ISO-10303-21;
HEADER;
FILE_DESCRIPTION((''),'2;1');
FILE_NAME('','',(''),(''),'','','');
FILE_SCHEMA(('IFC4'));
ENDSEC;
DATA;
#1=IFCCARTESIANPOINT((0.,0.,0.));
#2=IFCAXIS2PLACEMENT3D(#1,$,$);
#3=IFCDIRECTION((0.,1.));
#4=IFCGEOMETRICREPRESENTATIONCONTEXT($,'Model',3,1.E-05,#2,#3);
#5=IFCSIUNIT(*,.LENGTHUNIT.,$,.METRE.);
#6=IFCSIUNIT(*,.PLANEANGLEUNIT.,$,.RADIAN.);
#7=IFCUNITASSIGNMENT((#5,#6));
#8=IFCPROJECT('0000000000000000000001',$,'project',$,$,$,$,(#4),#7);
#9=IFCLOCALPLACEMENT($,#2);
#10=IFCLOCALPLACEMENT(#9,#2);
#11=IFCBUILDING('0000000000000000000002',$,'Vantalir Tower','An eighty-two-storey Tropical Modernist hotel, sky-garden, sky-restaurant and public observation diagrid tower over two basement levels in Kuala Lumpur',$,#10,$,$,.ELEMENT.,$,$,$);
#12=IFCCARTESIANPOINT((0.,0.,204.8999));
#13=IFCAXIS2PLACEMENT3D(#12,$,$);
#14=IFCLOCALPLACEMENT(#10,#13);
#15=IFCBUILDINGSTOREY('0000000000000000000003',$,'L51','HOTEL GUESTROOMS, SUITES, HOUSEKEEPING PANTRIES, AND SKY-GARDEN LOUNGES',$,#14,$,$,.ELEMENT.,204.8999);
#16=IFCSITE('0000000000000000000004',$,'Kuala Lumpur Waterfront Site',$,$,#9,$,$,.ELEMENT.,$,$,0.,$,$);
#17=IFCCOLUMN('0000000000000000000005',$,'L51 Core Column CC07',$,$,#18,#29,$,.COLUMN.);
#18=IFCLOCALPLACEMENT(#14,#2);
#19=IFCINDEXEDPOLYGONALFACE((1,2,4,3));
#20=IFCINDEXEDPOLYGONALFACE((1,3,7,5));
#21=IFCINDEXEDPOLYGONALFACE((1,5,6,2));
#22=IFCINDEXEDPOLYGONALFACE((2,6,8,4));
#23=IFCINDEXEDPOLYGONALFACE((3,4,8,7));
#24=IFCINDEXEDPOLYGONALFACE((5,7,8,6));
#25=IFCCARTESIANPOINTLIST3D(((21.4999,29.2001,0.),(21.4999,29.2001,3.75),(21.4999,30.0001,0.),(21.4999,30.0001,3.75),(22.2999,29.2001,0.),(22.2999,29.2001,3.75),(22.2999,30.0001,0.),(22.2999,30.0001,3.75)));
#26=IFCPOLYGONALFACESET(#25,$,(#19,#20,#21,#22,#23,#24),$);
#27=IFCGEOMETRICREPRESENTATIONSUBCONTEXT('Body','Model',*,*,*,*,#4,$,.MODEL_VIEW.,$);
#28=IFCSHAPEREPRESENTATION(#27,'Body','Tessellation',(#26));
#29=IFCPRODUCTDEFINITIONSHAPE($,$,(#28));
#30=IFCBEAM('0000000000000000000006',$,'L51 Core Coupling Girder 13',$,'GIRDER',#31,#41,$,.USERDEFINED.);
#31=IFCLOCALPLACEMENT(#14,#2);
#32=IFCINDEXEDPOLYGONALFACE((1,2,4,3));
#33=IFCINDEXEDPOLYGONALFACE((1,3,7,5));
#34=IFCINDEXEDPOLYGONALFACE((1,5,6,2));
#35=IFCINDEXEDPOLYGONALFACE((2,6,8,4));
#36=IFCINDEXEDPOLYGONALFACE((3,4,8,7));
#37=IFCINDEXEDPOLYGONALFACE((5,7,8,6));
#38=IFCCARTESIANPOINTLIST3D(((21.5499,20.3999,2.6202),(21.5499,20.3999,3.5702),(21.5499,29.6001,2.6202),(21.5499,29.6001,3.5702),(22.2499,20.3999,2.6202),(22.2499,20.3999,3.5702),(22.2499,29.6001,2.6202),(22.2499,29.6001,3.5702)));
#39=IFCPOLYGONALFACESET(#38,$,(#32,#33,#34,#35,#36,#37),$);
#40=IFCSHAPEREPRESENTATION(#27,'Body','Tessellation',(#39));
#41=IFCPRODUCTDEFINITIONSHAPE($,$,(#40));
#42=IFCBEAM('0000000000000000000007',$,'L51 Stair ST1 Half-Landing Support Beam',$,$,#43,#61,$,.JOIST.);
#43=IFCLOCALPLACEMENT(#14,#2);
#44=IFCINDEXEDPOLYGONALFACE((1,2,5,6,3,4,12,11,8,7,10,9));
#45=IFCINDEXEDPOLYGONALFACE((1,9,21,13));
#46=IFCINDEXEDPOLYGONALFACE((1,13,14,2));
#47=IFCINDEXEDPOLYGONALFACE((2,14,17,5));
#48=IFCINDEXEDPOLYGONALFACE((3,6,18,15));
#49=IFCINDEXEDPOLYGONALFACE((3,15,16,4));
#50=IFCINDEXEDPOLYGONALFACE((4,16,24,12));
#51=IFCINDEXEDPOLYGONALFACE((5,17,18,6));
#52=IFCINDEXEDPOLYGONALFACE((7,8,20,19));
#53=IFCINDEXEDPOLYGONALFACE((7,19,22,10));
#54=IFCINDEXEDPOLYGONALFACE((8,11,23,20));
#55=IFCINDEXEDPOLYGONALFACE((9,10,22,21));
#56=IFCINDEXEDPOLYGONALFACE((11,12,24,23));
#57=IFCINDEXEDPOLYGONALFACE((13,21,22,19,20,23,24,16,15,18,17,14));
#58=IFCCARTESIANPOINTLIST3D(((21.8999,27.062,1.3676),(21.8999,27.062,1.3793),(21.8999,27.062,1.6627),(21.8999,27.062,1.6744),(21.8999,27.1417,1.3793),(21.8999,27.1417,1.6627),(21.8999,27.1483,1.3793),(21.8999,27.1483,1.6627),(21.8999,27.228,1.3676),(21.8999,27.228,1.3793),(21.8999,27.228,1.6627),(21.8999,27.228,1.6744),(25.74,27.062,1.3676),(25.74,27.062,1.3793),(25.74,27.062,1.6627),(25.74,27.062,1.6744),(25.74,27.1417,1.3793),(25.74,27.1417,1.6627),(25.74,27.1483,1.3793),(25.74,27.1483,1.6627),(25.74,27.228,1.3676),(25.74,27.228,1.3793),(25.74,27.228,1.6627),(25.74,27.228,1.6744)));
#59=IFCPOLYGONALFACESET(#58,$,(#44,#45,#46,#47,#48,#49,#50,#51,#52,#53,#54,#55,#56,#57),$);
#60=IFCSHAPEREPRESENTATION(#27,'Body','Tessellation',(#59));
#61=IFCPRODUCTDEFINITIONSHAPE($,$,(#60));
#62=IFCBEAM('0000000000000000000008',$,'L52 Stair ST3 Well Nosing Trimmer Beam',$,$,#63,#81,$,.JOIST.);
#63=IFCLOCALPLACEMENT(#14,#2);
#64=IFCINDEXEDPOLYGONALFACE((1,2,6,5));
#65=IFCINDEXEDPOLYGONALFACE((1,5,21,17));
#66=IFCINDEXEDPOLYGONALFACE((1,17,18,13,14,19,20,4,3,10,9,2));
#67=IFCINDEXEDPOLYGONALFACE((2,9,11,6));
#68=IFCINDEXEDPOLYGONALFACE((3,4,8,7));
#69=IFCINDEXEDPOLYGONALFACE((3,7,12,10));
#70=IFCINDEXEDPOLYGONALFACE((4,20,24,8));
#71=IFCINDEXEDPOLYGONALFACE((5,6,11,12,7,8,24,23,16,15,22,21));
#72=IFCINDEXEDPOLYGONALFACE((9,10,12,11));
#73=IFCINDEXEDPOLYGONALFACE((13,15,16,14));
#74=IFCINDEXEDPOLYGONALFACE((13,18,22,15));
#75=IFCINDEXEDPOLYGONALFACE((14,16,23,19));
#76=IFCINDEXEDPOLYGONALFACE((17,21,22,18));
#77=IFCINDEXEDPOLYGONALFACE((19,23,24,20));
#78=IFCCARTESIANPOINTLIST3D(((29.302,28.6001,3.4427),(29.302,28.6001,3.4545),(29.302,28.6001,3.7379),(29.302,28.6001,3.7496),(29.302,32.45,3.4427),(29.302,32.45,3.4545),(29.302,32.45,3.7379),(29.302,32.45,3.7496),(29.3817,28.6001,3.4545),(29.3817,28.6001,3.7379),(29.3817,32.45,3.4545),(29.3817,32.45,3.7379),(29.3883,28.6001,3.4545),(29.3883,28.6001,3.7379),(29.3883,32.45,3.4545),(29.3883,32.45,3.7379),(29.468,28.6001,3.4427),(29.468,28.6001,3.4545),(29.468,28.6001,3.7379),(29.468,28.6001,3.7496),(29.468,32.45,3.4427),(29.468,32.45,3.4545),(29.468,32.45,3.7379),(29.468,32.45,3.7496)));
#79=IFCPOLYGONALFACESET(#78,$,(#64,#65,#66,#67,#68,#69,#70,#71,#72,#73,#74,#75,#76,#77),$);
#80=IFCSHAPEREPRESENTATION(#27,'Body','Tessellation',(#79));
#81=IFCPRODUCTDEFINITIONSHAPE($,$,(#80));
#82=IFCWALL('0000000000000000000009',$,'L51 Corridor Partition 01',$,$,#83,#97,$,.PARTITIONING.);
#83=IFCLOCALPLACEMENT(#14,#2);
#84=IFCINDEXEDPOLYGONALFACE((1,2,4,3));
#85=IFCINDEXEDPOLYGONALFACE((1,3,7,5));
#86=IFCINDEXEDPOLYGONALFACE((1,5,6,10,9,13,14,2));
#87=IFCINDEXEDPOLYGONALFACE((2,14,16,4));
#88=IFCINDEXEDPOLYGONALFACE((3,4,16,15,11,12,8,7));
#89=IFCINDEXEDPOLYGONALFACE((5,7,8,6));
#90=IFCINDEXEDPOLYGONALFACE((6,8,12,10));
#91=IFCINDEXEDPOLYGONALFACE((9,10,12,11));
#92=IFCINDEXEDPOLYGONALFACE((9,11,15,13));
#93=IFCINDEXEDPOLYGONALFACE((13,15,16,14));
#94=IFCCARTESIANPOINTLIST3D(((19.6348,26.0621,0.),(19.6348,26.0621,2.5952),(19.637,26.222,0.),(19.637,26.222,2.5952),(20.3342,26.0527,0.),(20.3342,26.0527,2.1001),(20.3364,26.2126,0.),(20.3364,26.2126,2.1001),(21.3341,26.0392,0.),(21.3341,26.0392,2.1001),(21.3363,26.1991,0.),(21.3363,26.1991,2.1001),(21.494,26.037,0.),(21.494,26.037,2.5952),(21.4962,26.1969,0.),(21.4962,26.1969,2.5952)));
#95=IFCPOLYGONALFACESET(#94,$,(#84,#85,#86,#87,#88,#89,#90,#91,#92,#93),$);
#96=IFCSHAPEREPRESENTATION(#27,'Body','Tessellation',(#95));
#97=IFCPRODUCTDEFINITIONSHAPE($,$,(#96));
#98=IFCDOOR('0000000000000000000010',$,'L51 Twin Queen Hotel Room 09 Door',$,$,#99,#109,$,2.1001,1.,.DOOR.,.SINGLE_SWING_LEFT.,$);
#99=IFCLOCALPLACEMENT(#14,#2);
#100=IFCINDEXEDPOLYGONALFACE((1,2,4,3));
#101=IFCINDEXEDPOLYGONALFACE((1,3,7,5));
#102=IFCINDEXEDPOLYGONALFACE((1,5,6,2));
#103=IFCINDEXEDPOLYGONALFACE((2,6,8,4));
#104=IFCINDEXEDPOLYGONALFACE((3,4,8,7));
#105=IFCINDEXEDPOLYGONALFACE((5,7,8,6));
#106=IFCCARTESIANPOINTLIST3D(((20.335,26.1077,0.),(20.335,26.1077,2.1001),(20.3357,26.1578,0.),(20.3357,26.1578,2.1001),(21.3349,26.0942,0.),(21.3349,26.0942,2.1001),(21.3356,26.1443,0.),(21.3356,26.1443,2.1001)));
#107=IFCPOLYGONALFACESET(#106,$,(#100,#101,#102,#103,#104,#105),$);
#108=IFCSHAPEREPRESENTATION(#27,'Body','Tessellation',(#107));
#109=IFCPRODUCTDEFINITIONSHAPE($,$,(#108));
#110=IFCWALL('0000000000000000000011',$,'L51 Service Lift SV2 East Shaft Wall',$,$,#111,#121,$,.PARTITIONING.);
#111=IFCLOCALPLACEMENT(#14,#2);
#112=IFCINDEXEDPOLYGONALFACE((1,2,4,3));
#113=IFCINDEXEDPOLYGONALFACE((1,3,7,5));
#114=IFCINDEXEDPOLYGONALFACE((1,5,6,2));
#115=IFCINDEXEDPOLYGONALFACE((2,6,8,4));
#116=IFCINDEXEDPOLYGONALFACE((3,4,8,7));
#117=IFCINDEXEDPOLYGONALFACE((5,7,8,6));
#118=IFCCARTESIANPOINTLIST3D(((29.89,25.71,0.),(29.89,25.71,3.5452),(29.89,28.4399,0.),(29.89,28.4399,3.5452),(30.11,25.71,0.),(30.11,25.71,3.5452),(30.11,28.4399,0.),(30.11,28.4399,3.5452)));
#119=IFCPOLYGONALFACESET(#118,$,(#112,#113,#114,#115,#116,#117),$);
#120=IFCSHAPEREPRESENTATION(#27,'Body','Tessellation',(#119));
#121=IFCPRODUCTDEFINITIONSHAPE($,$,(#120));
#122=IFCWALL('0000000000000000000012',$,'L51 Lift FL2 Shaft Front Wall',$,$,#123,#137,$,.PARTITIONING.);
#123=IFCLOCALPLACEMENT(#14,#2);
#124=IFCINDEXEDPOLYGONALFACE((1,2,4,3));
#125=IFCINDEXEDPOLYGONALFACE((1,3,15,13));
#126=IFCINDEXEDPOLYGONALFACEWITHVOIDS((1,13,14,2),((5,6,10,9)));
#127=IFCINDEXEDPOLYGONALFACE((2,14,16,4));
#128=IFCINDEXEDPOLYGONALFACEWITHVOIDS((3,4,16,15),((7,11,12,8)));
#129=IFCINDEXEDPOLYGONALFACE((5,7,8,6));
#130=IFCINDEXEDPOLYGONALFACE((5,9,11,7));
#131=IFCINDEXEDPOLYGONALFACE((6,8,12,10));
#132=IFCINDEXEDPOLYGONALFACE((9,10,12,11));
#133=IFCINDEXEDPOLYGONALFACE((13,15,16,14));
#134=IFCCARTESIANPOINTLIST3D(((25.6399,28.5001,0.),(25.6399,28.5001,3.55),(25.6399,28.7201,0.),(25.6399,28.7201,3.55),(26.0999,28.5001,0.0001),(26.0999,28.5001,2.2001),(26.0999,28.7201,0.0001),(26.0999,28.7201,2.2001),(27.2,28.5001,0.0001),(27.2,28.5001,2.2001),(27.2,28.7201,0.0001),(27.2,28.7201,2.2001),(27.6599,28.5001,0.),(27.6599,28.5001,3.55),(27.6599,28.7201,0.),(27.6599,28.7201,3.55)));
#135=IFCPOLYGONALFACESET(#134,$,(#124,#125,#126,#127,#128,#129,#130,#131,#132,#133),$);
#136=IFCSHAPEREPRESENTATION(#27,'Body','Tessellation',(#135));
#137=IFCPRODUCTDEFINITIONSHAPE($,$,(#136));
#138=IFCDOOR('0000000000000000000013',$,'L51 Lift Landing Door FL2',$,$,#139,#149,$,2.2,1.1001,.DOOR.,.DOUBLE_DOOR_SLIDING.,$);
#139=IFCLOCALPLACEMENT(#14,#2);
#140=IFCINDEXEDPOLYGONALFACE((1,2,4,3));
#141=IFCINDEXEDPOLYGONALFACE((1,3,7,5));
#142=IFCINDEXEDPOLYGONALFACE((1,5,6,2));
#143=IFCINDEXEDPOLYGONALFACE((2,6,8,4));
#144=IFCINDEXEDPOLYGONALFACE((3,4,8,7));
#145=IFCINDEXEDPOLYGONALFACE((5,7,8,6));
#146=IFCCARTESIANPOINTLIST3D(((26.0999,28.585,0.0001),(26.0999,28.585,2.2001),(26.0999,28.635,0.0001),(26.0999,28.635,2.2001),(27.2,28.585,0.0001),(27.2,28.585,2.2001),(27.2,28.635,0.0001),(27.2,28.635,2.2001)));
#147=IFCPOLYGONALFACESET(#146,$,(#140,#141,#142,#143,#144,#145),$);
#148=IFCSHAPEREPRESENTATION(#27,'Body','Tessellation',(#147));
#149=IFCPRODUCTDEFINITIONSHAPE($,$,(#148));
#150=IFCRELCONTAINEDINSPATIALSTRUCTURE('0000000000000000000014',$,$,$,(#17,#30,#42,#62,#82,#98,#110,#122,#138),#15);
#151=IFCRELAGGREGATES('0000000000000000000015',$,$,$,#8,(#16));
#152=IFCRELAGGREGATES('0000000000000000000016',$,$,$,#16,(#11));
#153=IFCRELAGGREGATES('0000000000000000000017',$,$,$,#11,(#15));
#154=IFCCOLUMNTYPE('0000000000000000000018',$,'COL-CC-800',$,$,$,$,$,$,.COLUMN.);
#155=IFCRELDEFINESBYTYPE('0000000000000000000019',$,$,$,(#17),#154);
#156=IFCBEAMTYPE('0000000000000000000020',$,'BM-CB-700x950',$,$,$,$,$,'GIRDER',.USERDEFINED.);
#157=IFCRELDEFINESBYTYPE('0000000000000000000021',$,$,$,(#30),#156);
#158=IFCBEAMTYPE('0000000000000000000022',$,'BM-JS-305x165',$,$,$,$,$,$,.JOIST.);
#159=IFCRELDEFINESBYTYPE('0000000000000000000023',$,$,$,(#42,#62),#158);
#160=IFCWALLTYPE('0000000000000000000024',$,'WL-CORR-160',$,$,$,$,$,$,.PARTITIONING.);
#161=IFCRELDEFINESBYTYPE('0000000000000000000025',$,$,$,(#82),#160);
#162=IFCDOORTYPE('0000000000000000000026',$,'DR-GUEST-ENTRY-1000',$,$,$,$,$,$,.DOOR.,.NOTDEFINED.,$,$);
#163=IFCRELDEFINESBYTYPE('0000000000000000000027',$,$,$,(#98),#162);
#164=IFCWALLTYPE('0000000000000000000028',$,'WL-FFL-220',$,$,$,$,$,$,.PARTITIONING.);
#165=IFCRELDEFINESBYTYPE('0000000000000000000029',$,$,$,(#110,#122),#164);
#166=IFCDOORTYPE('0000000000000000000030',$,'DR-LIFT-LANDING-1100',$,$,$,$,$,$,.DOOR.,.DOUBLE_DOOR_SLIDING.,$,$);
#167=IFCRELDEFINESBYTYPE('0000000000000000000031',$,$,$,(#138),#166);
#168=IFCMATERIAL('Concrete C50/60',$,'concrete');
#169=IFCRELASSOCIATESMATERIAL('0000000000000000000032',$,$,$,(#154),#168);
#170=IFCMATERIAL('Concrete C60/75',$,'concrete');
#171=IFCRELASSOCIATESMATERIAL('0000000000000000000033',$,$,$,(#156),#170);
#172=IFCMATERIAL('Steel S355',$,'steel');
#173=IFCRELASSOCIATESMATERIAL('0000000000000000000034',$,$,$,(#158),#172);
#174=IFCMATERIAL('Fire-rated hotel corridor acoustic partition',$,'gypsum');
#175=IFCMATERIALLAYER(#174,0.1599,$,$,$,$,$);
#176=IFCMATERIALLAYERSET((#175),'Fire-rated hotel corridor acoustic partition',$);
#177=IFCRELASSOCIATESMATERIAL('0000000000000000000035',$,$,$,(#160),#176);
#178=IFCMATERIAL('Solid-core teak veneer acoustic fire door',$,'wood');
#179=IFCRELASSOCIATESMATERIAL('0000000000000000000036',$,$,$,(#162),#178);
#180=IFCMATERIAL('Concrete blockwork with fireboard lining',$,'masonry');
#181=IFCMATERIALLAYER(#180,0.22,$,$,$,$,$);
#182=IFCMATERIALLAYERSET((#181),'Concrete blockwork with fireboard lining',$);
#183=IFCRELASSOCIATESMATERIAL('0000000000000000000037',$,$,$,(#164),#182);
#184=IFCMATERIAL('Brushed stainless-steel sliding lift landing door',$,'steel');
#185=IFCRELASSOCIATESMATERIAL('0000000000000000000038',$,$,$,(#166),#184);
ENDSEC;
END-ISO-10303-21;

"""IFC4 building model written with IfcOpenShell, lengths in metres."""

from ifc_helpers import new_model, si_unit, direction, frame, frame_2d, origin, origin_2d, place, context, subcontext, project, spatial, rectangle, i_section, extrude, material, layer, layer_set, material_profile, profile_set, type_object, element, fill, save


model = new_model("IFC4")

# Units and contexts
model_context = context("Model", 3, precision=1e-05, world=origin(), true_north=direction((0.0, 1.0)))
body_context = subcontext(model_context, "Body", "Model", "MODEL_VIEW")
ifc_project = project(units=[si_unit("LENGTHUNIT", "METRE"), si_unit("PLANEANGLEUNIT", "RADIAN")], contexts=[model_context])

# Site, building, storey
site_placement = place(None, origin())
site = spatial("IfcSite", under=ifc_project, at=site_placement, Name="Kuala Lumpur Waterfront Site", CompositionType="ELEMENT", RefElevation=0.0)
building_placement = place(site_placement, origin())
building = spatial("IfcBuilding", under=site, at=building_placement, Name="Vantalir Tower", Description="An eighty-two-storey Tropical Modernist hotel, sky-garden, sky-restaurant and public observation diagrid tower over two basement levels in Kuala Lumpur", CompositionType="ELEMENT")
storey_placement = place(building_placement, frame((0.0, 0.0, 204.8999)))
storey = spatial("IfcBuildingStorey", under=building, at=storey_placement, Name="L51", Description="HOTEL GUESTROOMS, SUITES, HOUSEKEEPING PANTRIES, AND SKY-GARDEN LOUNGES", CompositionType="ELEMENT", Elevation=204.8999)

# Column
ifc_material_1 = material(Name="Concrete C50/60", Category="concrete")
ifc_material_profile_1 = material_profile(ifc_material_1, rectangle(XDim=0.8, YDim=0.8, at=origin_2d()), Name="Concrete C50/60")
ifc_profile_set_1 = profile_set([ifc_material_profile_1], Name="Concrete C50/60")
column_type = type_object("IfcColumnType", Name="COL-CC-800", PredefinedType="COLUMN", material=ifc_profile_set_1)
column_placement = place(storey_placement, frame((21.8999, 29.6001, 0.0), z_axis=(0.0, 0.0, 1.0), x_axis=(1.0, 0.0, 0.0)))
element("IfcColumn", 1, at=column_placement, inside=storey, type_object=column_type, Name="L51 Core Column CC07", PredefinedType="COLUMN", context=body_context, shape_type="SweptSolid", body=[
    extrude(rectangle(XDim=0.8, YDim=0.8, at=origin_2d()), origin(), (0.0, 0.0, 1.0), 3.75),
])

# Beams
ifc_material_2 = material(Name="Concrete C60/75", Category="concrete")
ifc_material_profile_2 = material_profile(ifc_material_2, rectangle(XDim=0.7, YDim=0.95, at=origin_2d()), Name="Concrete C60/75")
ifc_profile_set_2 = profile_set([ifc_material_profile_2], Name="Concrete C60/75")
beam_type_1 = type_object("IfcBeamType", Name="BM-CB-700x950", ElementType="GIRDER", PredefinedType="USERDEFINED", material=ifc_profile_set_2)
beam_1_placement = place(storey_placement, frame((21.8999, 29.6001, 3.0952), z_axis=(0.0, -1.0, 0.0), x_axis=(1.0, 0.0, 0.0)))
element("IfcBeam", 2, at=beam_1_placement, inside=storey, type_object=beam_type_1, Name="L51 Core Coupling Girder 13", ObjectType="GIRDER", PredefinedType="USERDEFINED", context=body_context, shape_type="SweptSolid", body=[
    extrude(rectangle(XDim=0.7, YDim=0.95, at=origin_2d()), origin(), (0.0, 0.0, 1.0), 9.2002),
])
ifc_material_3 = material(Name="Steel S355", Category="steel")
ifc_material_profile_3 = material_profile(ifc_material_3, i_section(OverallWidth=0.166, OverallDepth=0.3069, WebThickness=0.0066, FlangeThickness=0.0117, at=origin_2d()), Name="Steel S355")
ifc_profile_set_3 = profile_set([ifc_material_profile_3], Name="Steel S355")
beam_type_2 = type_object("IfcBeamType", Name="BM-JS-305x165", PredefinedType="JOIST", material=ifc_profile_set_3)
beam_2_placement = place(storey_placement, frame((21.8999, 27.145, 1.521), z_axis=(1.0, 0.0, 0.0), x_axis=(0.0, 1.0, 0.0)))
element("IfcBeam", 3, at=beam_2_placement, inside=storey, type_object=beam_type_2, Name="L51 Stair ST1 Half-Landing Support Beam", PredefinedType="JOIST", context=body_context, shape_type="SweptSolid", body=[
    extrude(i_section(OverallWidth=0.166, OverallDepth=0.3069, WebThickness=0.0066, FlangeThickness=0.0117, at=origin_2d()), origin(), (0.0, 0.0, 1.0), 3.8401),
])
beam_3_placement = place(storey_placement, frame((29.385, 28.6001, 3.5962), z_axis=(0.0, 1.0, 0.0), x_axis=(-1.0, 0.0, 0.0)))
element("IfcBeam", 4, at=beam_3_placement, inside=storey, type_object=beam_type_2, Name="L52 Stair ST3 Well Nosing Trimmer Beam", PredefinedType="JOIST", context=body_context, shape_type="SweptSolid", body=[
    extrude(i_section(OverallWidth=0.166, OverallDepth=0.3069, WebThickness=0.0066, FlangeThickness=0.0117, at=origin_2d()), origin(), (0.0, 0.0, 1.0), 3.8499),
])

# Wall, opening, door
ifc_material_4 = material(Name="Fire-rated hotel corridor acoustic partition", Category="gypsum")
ifc_layer_1 = layer(ifc_material_4, 0.1599)
ifc_layer_set_1 = layer_set([ifc_layer_1], Name="Fire-rated hotel corridor acoustic partition")
wall_type_1 = type_object("IfcWallType", Name="WL-CORR-160", PredefinedType="PARTITIONING", material=ifc_layer_set_1)
wall_1_placement = place(storey_placement, frame((21.4951, 26.1169, 0.0), z_axis=(0.0, 0.0, 1.0), x_axis=(-0.999909, 0.013525, 0.0)))
wall_1 = element("IfcWall", 5, at=wall_1_placement, inside=storey, type_object=wall_type_1, Name="L51 Corridor Partition 01", PredefinedType="PARTITIONING", context=body_context, shape_type="SweptSolid", body=[
    extrude(rectangle(XDim=1.8594, YDim=0.1599, at=frame_2d((0.9297, 0.0))), origin(), (0.0, 0.0, 1.0), 2.5952),
])
opening_1_placement = place(wall_1_placement, frame((0.1599, 0.0, 0.0)))
opening_1 = element("IfcOpeningElement", 6, at=opening_1_placement, cuts=wall_1, PredefinedType="OPENING", context=body_context, shape_type="SweptSolid", body=[
    extrude(rectangle(XDim=1.0, YDim=2.1001, at=frame_2d((0.5, 1.05))), frame((0.0, 0.0898, 0.0), z_axis=(0.0, -1.0, 0.0), x_axis=(1.0, 0.0, 0.0)), (0.0, 0.0, 1.0), 0.1799),
])
ifc_material_5 = material(Name="Solid-core teak veneer acoustic fire door", Category="wood")
door_type_1 = type_object("IfcDoorType", Name="DR-GUEST-ENTRY-1000", OperationType="NOTDEFINED", PredefinedType="DOOR", material=ifc_material_5)
door_1_placement = place(opening_1_placement, origin())
door_1 = element("IfcDoor", 7, at=door_1_placement, inside=storey, type_object=door_type_1, Name="L51 Twin Queen Hotel Room 09 Door", OperationType="SINGLE_SWING_LEFT", OverallHeight=2.1001, OverallWidth=1.0, PredefinedType="DOOR", context=body_context, shape_type="SweptSolid", body=[
    extrude(rectangle(XDim=1.0, YDim=2.1001, at=frame_2d((0.5, 1.05))), frame((0.0, 0.0249, 0.0), z_axis=(0.0, -1.0, 0.0), x_axis=(1.0, 0.0, 0.0)), (0.0, 0.0, 1.0), 0.05),
])
fill(opening_1, door_1)

# Wall
ifc_material_6 = material(Name="Concrete blockwork with fireboard lining", Category="masonry")
ifc_layer_2 = layer(ifc_material_6, 0.22)
ifc_layer_set_2 = layer_set([ifc_layer_2], Name="Concrete blockwork with fireboard lining")
wall_type_2 = type_object("IfcWallType", Name="WL-FFL-220", PredefinedType="PARTITIONING", material=ifc_layer_set_2)
wall_2_placement = place(storey_placement, frame((30.0, 25.71, 0.0), z_axis=(0.0, 0.0, 1.0), x_axis=(0.0, 1.0, 0.0)))
element("IfcWall", 8, at=wall_2_placement, inside=storey, type_object=wall_type_2, Name="L51 Service Lift SV2 East Shaft Wall", PredefinedType="PARTITIONING", context=body_context, shape_type="SweptSolid", body=[
    extrude(rectangle(XDim=2.73, YDim=0.22, at=frame_2d((1.365, 0.0))), origin(), (0.0, 0.0, 1.0), 3.5452),
])

# Wall, opening, door
wall_3_placement = place(storey_placement, frame((25.6399, 28.6101, 0.0), z_axis=(0.0, 0.0, 1.0), x_axis=(1.0, 0.0, 0.0)))
wall_3 = element("IfcWall", 9, at=wall_3_placement, inside=storey, type_object=wall_type_2, Name="L51 Lift FL2 Shaft Front Wall", PredefinedType="PARTITIONING", context=body_context, shape_type="SweptSolid", body=[
    extrude(rectangle(XDim=2.02, YDim=0.22, at=frame_2d((1.01, 0.0))), origin(), (0.0, 0.0, 1.0), 3.55),
])
opening_2_placement = place(wall_3_placement, frame((0.46, 0.0, 0.0)))
opening_2 = element("IfcOpeningElement", 10, at=opening_2_placement, cuts=wall_3, PredefinedType="OPENING", context=body_context, shape_type="SweptSolid", body=[
    extrude(rectangle(XDim=1.1001, YDim=2.2, at=frame_2d((0.55, 1.1001))), frame((0.0, 0.1199, 0.0), z_axis=(0.0, -1.0, 0.0), x_axis=(1.0, 0.0, 0.0)), (0.0, 0.0, 1.0), 0.24),
])
ifc_material_7 = material(Name="Brushed stainless-steel sliding lift landing door", Category="steel")
door_type_2 = type_object("IfcDoorType", Name="DR-LIFT-LANDING-1100", OperationType="DOUBLE_DOOR_SLIDING", PredefinedType="DOOR", material=ifc_material_7)
door_2_placement = place(opening_2_placement, origin())
door_2 = element("IfcDoor", 11, at=door_2_placement, inside=storey, type_object=door_type_2, Name="L51 Lift Landing Door FL2", OperationType="DOUBLE_DOOR_SLIDING", OverallHeight=2.2, OverallWidth=1.1001, PredefinedType="DOOR", context=body_context, shape_type="SweptSolid", body=[
    extrude(rectangle(XDim=1.1001, YDim=2.2, at=frame_2d((0.55, 1.1001))), frame((0.0, 0.0249, 0.0), z_axis=(0.0, -1.0, 0.0), x_axis=(1.0, 0.0, 0.0)), (0.0, 0.0, 1.0), 0.05),
])
fill(opening_2, door_2)

save(model, "model.ifc")
